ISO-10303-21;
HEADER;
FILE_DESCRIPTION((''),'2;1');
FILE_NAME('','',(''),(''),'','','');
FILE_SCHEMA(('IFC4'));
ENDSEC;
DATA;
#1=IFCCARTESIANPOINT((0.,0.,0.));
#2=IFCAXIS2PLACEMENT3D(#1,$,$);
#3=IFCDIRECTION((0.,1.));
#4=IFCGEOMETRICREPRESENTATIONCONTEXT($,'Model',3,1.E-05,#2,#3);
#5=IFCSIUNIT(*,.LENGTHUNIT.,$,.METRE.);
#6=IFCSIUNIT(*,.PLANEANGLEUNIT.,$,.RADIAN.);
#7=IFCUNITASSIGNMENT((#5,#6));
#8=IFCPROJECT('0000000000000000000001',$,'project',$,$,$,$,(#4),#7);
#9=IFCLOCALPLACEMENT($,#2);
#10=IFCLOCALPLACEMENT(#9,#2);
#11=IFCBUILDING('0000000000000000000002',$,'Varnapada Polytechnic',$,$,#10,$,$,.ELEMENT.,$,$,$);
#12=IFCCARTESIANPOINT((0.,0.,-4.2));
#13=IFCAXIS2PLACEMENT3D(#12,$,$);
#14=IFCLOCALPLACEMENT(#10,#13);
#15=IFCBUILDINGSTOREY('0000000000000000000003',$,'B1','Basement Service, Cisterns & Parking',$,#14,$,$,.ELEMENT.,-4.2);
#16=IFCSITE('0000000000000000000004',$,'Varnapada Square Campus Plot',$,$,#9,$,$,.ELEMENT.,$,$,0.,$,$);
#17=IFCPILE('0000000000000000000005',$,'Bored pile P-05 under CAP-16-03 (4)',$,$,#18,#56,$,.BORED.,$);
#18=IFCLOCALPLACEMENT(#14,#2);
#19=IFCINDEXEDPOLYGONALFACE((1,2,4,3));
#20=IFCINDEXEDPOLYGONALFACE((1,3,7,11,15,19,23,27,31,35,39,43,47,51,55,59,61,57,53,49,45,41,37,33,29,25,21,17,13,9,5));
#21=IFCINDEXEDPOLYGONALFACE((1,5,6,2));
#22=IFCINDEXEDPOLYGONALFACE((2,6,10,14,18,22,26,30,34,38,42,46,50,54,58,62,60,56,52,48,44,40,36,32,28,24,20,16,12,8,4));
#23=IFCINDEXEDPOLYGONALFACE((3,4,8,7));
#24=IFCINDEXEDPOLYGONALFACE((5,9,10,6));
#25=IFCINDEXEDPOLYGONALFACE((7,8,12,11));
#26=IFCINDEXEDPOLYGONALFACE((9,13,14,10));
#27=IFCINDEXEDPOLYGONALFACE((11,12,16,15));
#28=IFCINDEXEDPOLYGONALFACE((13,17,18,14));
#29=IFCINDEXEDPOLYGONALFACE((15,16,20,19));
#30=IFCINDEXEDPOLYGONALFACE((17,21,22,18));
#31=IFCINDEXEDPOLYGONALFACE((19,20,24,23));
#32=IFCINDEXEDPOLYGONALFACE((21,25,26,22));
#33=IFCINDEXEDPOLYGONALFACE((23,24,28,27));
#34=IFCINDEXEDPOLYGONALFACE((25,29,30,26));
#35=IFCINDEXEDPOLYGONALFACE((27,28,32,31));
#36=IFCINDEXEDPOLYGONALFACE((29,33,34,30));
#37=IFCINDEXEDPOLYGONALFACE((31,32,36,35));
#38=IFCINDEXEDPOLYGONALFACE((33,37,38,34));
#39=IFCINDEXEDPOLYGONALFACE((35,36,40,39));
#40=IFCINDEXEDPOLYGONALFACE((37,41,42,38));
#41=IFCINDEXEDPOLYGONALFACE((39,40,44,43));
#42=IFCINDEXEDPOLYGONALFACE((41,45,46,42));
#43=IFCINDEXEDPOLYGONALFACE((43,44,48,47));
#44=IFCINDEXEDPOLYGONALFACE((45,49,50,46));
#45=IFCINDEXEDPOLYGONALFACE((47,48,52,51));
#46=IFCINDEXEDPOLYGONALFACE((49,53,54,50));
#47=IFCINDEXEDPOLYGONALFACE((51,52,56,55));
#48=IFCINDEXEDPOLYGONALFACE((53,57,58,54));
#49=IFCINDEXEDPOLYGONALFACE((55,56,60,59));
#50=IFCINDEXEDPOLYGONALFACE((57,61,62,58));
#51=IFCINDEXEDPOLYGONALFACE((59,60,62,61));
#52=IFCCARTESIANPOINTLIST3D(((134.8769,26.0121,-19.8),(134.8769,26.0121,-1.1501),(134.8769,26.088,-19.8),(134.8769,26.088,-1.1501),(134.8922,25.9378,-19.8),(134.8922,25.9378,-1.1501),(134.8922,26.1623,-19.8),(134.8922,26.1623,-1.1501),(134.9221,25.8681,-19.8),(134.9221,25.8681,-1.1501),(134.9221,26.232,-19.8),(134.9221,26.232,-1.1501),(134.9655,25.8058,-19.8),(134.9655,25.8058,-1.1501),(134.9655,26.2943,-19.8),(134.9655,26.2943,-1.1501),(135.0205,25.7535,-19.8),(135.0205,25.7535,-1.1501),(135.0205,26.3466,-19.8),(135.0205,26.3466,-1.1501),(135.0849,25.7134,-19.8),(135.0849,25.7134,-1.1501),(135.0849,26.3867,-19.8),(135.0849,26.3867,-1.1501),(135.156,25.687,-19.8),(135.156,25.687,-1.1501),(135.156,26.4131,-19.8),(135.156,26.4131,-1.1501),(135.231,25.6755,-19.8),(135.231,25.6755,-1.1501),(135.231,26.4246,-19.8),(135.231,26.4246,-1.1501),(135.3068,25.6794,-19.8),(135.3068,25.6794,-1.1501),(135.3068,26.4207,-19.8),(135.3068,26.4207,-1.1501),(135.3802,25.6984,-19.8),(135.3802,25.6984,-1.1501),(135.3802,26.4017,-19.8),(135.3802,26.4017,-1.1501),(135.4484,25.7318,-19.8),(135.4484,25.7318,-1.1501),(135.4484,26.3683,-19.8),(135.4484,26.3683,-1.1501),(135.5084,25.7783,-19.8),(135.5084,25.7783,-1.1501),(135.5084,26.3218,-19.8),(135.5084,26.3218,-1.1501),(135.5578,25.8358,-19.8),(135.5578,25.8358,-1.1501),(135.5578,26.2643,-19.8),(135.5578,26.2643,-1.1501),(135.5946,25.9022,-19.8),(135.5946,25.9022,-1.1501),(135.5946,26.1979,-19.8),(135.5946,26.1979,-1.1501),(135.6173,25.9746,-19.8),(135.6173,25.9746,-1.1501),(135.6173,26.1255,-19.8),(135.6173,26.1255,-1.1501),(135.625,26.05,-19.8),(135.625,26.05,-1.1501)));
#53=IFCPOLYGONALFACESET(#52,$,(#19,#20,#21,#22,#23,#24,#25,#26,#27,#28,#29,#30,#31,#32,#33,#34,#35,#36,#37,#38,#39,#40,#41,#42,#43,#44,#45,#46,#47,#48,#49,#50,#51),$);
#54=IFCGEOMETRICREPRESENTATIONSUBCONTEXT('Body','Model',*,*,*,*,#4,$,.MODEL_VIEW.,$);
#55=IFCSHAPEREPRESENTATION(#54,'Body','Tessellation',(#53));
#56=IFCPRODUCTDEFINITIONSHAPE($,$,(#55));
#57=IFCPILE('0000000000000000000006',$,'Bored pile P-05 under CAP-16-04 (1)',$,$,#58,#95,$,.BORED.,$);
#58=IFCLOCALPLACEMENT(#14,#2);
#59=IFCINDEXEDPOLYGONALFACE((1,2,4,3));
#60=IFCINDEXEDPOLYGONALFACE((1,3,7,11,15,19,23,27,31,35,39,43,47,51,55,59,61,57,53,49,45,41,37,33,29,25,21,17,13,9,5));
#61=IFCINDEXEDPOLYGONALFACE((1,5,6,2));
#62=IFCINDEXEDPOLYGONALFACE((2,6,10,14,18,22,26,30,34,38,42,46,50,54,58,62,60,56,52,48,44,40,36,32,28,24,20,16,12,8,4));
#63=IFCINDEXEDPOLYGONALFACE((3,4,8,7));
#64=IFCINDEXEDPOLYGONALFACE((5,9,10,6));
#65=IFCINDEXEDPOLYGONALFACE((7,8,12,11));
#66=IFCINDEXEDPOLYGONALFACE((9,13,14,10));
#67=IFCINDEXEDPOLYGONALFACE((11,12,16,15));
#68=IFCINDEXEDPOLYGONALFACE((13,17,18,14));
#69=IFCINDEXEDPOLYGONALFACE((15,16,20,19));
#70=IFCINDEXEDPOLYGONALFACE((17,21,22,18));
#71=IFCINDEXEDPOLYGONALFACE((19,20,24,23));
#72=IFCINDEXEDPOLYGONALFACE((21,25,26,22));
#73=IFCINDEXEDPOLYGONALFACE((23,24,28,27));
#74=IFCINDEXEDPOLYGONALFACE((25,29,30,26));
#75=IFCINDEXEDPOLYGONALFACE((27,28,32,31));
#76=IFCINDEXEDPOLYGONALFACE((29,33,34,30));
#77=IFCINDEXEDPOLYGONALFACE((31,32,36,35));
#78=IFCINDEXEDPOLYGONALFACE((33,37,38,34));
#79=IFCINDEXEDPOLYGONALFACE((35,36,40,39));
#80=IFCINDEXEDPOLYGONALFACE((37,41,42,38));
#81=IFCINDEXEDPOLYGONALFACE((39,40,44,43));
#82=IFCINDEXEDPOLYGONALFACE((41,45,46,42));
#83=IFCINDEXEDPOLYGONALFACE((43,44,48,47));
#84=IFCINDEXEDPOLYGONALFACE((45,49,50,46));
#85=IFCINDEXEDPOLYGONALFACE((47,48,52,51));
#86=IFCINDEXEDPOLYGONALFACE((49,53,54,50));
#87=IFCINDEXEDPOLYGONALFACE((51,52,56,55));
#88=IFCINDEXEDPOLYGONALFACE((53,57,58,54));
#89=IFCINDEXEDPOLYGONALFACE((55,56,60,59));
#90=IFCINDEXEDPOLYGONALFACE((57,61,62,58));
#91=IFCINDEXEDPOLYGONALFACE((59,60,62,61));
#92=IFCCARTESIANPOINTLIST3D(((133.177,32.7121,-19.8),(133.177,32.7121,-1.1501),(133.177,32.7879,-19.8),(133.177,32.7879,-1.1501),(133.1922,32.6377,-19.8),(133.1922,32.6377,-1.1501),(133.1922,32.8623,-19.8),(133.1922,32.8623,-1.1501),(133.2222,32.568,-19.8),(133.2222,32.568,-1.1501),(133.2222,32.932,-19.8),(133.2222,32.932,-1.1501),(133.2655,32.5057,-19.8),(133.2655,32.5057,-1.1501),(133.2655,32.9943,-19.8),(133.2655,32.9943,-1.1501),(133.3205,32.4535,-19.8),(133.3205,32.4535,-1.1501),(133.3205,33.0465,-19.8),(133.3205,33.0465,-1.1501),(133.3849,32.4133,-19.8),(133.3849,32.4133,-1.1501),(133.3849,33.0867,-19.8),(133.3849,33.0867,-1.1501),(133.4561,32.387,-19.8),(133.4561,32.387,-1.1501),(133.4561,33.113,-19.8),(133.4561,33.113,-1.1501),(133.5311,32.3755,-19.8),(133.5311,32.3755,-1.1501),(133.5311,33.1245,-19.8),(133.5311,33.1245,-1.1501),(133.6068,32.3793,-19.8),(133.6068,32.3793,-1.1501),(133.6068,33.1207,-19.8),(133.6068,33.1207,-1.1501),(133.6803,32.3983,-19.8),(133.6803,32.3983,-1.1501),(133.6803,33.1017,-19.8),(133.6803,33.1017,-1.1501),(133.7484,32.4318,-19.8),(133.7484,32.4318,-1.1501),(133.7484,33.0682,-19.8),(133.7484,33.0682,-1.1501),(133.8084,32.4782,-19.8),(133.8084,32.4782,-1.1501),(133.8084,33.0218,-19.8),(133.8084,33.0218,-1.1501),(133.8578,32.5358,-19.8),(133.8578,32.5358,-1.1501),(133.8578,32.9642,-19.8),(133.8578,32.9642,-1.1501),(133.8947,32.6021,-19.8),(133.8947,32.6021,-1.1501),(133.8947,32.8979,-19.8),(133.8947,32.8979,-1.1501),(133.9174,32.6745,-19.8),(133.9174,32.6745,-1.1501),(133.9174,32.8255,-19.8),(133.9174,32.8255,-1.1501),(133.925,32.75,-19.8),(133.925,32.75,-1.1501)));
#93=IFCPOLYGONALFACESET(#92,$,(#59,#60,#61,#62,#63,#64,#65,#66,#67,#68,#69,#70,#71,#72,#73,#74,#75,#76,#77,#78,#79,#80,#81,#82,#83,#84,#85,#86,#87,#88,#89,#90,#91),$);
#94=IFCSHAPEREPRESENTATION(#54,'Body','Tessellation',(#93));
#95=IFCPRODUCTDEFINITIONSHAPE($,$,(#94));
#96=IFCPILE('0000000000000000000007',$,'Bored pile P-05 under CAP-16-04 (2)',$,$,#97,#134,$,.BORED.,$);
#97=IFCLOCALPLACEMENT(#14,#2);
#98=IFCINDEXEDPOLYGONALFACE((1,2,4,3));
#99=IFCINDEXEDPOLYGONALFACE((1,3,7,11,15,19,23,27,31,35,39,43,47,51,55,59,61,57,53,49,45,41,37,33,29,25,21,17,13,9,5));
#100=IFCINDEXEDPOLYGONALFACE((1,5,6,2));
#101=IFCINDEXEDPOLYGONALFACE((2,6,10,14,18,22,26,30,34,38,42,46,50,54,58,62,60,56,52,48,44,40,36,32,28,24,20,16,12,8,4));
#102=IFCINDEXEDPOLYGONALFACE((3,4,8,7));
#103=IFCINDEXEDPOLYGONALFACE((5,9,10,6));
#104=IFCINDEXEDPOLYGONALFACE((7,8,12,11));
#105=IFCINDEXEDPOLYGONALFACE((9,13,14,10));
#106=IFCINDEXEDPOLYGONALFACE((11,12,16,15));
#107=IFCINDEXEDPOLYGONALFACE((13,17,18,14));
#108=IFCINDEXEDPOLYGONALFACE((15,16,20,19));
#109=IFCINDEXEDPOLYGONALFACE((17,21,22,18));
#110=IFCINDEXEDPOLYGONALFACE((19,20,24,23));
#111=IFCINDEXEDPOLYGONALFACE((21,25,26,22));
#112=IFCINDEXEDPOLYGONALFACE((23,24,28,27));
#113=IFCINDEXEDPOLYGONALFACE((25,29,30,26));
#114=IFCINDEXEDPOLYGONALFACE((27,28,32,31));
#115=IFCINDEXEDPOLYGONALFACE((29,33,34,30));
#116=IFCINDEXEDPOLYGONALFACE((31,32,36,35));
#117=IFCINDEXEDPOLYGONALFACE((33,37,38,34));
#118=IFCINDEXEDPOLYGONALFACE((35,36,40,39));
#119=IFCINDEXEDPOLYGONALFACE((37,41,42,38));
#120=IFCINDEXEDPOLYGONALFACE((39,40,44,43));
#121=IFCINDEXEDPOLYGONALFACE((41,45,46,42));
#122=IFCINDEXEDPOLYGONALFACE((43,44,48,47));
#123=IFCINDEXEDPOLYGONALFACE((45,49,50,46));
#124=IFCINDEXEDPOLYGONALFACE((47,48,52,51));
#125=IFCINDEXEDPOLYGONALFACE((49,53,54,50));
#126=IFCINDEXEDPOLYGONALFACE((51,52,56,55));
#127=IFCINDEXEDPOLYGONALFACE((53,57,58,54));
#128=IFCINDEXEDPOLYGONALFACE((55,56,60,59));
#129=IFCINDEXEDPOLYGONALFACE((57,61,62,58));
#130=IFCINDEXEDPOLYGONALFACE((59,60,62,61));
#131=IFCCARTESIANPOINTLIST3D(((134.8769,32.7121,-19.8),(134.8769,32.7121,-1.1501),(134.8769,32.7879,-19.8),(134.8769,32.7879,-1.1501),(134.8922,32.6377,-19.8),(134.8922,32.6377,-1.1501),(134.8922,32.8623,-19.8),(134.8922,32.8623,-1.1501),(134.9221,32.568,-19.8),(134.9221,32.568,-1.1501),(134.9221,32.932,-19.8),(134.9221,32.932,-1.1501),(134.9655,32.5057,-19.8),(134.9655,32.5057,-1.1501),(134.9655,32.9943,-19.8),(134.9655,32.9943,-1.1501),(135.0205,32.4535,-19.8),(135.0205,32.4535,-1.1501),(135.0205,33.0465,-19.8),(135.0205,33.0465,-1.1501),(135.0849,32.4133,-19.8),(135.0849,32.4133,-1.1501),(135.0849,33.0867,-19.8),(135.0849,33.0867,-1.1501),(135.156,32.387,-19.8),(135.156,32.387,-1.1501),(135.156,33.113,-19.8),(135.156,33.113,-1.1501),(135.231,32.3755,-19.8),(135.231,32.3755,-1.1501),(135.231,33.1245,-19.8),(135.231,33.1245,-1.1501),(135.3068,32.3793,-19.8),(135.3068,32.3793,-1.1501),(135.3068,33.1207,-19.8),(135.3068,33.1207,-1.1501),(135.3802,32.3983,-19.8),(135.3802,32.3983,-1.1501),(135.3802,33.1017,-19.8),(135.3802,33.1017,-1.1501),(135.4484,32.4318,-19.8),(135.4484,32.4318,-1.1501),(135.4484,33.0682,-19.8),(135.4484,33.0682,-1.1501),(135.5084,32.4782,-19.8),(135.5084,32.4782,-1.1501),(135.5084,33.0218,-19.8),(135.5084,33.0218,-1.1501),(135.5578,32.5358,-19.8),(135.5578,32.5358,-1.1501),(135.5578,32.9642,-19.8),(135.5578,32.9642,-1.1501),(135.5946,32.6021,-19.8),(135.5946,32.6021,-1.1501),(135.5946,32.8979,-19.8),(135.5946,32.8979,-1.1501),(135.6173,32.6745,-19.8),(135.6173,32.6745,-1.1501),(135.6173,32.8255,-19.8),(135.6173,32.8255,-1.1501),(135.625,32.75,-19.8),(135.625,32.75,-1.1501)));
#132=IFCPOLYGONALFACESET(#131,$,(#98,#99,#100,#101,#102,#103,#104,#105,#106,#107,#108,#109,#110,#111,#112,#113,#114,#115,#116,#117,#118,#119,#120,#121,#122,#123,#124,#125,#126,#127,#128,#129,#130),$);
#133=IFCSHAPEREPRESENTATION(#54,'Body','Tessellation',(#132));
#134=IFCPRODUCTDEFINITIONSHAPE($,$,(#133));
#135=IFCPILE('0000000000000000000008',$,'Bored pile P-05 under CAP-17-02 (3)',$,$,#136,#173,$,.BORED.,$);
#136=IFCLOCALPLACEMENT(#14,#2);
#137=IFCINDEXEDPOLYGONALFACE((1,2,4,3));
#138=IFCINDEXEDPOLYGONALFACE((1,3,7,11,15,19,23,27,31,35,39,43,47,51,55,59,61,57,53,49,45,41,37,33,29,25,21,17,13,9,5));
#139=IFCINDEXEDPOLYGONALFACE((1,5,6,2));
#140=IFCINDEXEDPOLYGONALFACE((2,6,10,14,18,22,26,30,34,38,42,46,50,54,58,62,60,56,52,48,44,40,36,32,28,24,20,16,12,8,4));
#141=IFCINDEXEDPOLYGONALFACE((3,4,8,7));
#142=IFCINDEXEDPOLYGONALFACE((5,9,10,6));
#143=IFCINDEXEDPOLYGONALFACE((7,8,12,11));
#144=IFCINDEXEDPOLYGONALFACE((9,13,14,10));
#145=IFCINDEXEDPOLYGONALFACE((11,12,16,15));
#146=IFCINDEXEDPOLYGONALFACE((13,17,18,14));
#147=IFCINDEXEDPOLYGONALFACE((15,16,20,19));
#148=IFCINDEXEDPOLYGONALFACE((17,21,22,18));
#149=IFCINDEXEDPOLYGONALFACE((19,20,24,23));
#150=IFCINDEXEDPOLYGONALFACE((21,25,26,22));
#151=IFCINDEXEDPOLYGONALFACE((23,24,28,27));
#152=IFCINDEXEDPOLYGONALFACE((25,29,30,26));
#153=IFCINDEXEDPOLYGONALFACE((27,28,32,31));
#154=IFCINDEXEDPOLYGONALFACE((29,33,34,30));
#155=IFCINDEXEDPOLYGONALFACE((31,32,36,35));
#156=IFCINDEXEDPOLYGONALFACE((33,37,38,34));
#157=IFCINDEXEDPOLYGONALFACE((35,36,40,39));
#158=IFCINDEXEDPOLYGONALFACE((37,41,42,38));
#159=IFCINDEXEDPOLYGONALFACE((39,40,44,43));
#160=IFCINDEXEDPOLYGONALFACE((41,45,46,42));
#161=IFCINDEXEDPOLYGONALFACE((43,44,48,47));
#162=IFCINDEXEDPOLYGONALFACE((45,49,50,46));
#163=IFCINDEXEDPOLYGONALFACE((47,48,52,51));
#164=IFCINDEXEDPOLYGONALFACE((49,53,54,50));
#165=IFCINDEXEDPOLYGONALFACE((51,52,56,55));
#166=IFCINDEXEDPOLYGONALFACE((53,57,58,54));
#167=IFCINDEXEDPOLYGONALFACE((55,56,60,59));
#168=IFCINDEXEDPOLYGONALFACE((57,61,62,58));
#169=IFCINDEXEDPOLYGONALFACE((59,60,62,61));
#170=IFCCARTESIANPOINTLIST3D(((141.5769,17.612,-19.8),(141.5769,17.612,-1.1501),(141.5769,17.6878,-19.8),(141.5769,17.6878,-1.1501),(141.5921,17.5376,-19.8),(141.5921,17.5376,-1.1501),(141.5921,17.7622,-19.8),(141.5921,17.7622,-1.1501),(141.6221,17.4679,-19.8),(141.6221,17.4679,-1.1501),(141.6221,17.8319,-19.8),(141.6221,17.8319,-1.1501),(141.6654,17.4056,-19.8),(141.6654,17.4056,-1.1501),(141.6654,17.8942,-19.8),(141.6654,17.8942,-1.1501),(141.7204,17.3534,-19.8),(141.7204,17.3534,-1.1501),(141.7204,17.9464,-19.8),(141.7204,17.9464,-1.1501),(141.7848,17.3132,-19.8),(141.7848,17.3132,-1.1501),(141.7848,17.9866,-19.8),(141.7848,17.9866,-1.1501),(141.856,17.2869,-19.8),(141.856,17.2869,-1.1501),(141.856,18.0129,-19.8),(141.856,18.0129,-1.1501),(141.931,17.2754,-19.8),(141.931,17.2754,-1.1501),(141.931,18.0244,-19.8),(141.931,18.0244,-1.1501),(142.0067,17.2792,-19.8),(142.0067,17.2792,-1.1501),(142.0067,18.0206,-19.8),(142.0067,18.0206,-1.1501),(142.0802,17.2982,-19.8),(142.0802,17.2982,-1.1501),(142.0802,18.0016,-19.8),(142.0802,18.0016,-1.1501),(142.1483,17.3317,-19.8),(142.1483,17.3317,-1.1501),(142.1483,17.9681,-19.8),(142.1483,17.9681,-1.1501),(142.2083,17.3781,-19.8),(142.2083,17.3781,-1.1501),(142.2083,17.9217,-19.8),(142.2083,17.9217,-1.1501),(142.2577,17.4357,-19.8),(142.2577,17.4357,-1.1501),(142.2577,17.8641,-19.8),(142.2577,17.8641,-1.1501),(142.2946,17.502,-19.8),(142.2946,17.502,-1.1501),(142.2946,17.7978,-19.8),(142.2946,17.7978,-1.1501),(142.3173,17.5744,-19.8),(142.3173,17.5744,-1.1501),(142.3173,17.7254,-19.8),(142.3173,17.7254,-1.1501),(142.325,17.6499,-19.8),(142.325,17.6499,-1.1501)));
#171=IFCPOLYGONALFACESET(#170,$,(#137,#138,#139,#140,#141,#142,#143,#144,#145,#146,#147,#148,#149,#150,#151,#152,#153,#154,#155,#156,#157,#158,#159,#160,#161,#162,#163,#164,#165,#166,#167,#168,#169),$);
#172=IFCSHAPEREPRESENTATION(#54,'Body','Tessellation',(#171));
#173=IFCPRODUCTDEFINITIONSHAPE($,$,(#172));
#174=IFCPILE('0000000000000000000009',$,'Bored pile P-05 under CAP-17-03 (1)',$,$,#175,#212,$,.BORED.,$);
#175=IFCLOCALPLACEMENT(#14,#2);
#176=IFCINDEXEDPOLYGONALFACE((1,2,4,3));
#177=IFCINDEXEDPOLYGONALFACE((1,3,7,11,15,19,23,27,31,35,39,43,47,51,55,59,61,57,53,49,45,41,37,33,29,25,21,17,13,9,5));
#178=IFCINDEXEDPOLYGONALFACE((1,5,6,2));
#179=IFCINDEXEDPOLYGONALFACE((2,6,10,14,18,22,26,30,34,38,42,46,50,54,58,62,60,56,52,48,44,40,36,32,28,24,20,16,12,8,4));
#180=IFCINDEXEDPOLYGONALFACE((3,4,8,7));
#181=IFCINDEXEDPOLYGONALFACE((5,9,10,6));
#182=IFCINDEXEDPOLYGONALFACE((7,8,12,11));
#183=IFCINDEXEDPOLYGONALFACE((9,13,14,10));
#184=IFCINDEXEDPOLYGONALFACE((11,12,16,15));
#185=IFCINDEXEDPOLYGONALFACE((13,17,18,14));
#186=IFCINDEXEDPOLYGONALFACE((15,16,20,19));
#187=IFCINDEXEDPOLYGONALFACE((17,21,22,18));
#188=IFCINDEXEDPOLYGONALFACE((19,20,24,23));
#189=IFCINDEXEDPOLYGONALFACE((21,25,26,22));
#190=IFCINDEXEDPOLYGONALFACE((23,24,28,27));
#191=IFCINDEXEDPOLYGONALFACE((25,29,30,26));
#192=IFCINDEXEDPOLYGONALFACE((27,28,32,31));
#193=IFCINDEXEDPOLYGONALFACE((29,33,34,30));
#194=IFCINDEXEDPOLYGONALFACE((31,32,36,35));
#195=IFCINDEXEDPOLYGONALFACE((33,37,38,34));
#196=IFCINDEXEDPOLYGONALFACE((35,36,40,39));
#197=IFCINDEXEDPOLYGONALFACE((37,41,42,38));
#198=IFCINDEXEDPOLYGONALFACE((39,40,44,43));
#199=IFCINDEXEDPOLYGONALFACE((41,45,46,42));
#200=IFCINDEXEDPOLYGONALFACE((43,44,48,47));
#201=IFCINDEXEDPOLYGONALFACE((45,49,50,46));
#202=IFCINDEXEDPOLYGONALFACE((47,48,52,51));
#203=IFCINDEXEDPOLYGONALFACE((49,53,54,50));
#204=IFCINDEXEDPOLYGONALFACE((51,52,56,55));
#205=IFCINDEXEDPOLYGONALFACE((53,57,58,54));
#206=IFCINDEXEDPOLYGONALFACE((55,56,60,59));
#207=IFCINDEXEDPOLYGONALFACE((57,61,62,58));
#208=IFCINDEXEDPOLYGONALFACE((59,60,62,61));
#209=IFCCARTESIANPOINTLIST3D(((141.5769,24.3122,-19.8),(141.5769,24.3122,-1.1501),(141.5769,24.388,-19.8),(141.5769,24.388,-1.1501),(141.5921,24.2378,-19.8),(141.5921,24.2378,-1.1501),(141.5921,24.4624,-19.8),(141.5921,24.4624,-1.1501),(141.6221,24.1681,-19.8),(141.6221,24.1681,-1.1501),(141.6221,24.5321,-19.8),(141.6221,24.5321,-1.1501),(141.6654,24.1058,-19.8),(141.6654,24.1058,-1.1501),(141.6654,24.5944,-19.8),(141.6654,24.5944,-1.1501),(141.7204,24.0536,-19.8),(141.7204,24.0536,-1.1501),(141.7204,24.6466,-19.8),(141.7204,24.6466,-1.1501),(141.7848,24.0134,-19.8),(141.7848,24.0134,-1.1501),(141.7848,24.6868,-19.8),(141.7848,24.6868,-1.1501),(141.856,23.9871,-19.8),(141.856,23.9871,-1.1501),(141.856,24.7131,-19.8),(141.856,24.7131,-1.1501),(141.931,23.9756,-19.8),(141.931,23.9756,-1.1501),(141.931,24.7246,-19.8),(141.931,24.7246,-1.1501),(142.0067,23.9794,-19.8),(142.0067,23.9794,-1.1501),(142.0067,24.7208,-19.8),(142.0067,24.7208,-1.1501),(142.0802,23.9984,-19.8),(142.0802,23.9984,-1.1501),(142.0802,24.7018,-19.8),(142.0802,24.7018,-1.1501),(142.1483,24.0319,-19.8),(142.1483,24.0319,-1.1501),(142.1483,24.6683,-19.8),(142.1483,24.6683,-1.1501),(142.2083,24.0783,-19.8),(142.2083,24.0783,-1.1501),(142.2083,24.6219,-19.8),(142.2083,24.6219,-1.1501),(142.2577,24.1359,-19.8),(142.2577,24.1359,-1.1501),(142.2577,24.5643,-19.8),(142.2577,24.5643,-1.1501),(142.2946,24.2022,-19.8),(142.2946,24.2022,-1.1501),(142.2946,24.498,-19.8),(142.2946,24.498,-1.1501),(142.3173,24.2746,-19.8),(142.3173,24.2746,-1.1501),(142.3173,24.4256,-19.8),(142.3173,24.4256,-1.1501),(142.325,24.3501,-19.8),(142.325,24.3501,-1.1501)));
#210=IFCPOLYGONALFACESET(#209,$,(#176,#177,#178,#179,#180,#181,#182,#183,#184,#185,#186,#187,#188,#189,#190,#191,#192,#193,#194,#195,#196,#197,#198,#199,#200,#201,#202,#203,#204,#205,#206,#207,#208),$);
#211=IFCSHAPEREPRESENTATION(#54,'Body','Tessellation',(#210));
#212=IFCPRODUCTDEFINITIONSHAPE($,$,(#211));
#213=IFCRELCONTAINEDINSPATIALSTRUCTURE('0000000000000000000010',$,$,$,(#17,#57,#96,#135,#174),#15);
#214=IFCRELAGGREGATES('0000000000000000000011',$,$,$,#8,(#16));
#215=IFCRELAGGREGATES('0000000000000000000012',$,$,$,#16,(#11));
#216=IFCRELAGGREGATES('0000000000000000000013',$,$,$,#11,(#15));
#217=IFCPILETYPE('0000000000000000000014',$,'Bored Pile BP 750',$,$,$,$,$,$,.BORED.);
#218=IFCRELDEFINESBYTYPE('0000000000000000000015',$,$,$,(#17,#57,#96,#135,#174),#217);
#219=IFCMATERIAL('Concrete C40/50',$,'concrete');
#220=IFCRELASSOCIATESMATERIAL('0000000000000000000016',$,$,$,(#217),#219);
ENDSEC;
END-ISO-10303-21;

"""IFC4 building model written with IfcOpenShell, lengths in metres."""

from ifc_helpers import new_model, si_unit, direction, frame, origin, origin_2d, place, context, subcontext, project, spatial, circle, extrude, material, material_profile, profile_set, type_object, element, save


model = new_model("IFC4")

# Units and contexts
model_context = context("Model", 3, precision=1e-05, world=origin(), true_north=direction((0.0, 1.0)))
body_context = subcontext(model_context, "Body", "Model", "MODEL_VIEW")
ifc_project = project(units=[si_unit("LENGTHUNIT", "METRE"), si_unit("PLANEANGLEUNIT", "RADIAN")], contexts=[model_context])

# Site, building, storey
site_placement = place(None, origin())
site = spatial("IfcSite", under=ifc_project, at=site_placement, Name="Varnapada Square Campus Plot", CompositionType="ELEMENT", RefElevation=0.0)
building_placement = place(site_placement, origin())
building = spatial("IfcBuilding", under=site, at=building_placement, Name="Varnapada Polytechnic", CompositionType="ELEMENT")
storey_placement = place(building_placement, frame((0.0, 0.0, -4.2)))
storey = spatial("IfcBuildingStorey", under=building, at=storey_placement, Name="B1", Description="Basement Service, Cisterns & Parking", CompositionType="ELEMENT", Elevation=-4.2)

# Piles
ifc_material_1 = material(Name="Concrete C40/50", Category="concrete")
ifc_material_profile_1 = material_profile(ifc_material_1, circle(Radius=0.375, at=origin_2d()), Name="BP 750")
ifc_profile_set_1 = profile_set([ifc_material_profile_1], Name="Concrete C40/50")
pile_type = type_object("IfcPileType", Name="Bored Pile BP 750", PredefinedType="BORED", material=ifc_profile_set_1)
for number, where, z_axis, x_axis, name in (
    (1, (135.25, 26.05, -1.1501), (0.0, 0.0, -1.0), (1.0, 0.0, 0.0), "Bored pile P-05 under CAP-16-03 (4)"),
    (2, (133.55, 32.75, -1.1501), (0.0, 0.0, -1.0), (1.0, 0.0, 0.0), "Bored pile P-05 under CAP-16-04 (1)"),
    (3, (135.25, 32.75, -1.1501), (0.0, 0.0, -1.0), (1.0, 0.0, 0.0), "Bored pile P-05 under CAP-16-04 (2)"),
    (4, (141.95, 17.6499, -1.1501), (0.0, 0.0, -1.0), (1.0, 0.0, 0.0), "Bored pile P-05 under CAP-17-02 (3)"),
    (5, (141.95, 24.3501, -1.1501), (0.0, 0.0, -1.0), (1.0, 0.0, 0.0), "Bored pile P-05 under CAP-17-03 (1)"),
):
    element("IfcPile", number, at=place(storey_placement, frame(where, z_axis=z_axis, x_axis=x_axis)), inside=storey, type_object=pile_type, Name=name, PredefinedType="BORED", context=body_context, shape_type="SweptSolid", body=[
        extrude(circle(Radius=0.375, at=origin_2d()), origin(), (0.0, 0.0, 1.0), 18.6499),
    ])

save(model, "model.ifc")
